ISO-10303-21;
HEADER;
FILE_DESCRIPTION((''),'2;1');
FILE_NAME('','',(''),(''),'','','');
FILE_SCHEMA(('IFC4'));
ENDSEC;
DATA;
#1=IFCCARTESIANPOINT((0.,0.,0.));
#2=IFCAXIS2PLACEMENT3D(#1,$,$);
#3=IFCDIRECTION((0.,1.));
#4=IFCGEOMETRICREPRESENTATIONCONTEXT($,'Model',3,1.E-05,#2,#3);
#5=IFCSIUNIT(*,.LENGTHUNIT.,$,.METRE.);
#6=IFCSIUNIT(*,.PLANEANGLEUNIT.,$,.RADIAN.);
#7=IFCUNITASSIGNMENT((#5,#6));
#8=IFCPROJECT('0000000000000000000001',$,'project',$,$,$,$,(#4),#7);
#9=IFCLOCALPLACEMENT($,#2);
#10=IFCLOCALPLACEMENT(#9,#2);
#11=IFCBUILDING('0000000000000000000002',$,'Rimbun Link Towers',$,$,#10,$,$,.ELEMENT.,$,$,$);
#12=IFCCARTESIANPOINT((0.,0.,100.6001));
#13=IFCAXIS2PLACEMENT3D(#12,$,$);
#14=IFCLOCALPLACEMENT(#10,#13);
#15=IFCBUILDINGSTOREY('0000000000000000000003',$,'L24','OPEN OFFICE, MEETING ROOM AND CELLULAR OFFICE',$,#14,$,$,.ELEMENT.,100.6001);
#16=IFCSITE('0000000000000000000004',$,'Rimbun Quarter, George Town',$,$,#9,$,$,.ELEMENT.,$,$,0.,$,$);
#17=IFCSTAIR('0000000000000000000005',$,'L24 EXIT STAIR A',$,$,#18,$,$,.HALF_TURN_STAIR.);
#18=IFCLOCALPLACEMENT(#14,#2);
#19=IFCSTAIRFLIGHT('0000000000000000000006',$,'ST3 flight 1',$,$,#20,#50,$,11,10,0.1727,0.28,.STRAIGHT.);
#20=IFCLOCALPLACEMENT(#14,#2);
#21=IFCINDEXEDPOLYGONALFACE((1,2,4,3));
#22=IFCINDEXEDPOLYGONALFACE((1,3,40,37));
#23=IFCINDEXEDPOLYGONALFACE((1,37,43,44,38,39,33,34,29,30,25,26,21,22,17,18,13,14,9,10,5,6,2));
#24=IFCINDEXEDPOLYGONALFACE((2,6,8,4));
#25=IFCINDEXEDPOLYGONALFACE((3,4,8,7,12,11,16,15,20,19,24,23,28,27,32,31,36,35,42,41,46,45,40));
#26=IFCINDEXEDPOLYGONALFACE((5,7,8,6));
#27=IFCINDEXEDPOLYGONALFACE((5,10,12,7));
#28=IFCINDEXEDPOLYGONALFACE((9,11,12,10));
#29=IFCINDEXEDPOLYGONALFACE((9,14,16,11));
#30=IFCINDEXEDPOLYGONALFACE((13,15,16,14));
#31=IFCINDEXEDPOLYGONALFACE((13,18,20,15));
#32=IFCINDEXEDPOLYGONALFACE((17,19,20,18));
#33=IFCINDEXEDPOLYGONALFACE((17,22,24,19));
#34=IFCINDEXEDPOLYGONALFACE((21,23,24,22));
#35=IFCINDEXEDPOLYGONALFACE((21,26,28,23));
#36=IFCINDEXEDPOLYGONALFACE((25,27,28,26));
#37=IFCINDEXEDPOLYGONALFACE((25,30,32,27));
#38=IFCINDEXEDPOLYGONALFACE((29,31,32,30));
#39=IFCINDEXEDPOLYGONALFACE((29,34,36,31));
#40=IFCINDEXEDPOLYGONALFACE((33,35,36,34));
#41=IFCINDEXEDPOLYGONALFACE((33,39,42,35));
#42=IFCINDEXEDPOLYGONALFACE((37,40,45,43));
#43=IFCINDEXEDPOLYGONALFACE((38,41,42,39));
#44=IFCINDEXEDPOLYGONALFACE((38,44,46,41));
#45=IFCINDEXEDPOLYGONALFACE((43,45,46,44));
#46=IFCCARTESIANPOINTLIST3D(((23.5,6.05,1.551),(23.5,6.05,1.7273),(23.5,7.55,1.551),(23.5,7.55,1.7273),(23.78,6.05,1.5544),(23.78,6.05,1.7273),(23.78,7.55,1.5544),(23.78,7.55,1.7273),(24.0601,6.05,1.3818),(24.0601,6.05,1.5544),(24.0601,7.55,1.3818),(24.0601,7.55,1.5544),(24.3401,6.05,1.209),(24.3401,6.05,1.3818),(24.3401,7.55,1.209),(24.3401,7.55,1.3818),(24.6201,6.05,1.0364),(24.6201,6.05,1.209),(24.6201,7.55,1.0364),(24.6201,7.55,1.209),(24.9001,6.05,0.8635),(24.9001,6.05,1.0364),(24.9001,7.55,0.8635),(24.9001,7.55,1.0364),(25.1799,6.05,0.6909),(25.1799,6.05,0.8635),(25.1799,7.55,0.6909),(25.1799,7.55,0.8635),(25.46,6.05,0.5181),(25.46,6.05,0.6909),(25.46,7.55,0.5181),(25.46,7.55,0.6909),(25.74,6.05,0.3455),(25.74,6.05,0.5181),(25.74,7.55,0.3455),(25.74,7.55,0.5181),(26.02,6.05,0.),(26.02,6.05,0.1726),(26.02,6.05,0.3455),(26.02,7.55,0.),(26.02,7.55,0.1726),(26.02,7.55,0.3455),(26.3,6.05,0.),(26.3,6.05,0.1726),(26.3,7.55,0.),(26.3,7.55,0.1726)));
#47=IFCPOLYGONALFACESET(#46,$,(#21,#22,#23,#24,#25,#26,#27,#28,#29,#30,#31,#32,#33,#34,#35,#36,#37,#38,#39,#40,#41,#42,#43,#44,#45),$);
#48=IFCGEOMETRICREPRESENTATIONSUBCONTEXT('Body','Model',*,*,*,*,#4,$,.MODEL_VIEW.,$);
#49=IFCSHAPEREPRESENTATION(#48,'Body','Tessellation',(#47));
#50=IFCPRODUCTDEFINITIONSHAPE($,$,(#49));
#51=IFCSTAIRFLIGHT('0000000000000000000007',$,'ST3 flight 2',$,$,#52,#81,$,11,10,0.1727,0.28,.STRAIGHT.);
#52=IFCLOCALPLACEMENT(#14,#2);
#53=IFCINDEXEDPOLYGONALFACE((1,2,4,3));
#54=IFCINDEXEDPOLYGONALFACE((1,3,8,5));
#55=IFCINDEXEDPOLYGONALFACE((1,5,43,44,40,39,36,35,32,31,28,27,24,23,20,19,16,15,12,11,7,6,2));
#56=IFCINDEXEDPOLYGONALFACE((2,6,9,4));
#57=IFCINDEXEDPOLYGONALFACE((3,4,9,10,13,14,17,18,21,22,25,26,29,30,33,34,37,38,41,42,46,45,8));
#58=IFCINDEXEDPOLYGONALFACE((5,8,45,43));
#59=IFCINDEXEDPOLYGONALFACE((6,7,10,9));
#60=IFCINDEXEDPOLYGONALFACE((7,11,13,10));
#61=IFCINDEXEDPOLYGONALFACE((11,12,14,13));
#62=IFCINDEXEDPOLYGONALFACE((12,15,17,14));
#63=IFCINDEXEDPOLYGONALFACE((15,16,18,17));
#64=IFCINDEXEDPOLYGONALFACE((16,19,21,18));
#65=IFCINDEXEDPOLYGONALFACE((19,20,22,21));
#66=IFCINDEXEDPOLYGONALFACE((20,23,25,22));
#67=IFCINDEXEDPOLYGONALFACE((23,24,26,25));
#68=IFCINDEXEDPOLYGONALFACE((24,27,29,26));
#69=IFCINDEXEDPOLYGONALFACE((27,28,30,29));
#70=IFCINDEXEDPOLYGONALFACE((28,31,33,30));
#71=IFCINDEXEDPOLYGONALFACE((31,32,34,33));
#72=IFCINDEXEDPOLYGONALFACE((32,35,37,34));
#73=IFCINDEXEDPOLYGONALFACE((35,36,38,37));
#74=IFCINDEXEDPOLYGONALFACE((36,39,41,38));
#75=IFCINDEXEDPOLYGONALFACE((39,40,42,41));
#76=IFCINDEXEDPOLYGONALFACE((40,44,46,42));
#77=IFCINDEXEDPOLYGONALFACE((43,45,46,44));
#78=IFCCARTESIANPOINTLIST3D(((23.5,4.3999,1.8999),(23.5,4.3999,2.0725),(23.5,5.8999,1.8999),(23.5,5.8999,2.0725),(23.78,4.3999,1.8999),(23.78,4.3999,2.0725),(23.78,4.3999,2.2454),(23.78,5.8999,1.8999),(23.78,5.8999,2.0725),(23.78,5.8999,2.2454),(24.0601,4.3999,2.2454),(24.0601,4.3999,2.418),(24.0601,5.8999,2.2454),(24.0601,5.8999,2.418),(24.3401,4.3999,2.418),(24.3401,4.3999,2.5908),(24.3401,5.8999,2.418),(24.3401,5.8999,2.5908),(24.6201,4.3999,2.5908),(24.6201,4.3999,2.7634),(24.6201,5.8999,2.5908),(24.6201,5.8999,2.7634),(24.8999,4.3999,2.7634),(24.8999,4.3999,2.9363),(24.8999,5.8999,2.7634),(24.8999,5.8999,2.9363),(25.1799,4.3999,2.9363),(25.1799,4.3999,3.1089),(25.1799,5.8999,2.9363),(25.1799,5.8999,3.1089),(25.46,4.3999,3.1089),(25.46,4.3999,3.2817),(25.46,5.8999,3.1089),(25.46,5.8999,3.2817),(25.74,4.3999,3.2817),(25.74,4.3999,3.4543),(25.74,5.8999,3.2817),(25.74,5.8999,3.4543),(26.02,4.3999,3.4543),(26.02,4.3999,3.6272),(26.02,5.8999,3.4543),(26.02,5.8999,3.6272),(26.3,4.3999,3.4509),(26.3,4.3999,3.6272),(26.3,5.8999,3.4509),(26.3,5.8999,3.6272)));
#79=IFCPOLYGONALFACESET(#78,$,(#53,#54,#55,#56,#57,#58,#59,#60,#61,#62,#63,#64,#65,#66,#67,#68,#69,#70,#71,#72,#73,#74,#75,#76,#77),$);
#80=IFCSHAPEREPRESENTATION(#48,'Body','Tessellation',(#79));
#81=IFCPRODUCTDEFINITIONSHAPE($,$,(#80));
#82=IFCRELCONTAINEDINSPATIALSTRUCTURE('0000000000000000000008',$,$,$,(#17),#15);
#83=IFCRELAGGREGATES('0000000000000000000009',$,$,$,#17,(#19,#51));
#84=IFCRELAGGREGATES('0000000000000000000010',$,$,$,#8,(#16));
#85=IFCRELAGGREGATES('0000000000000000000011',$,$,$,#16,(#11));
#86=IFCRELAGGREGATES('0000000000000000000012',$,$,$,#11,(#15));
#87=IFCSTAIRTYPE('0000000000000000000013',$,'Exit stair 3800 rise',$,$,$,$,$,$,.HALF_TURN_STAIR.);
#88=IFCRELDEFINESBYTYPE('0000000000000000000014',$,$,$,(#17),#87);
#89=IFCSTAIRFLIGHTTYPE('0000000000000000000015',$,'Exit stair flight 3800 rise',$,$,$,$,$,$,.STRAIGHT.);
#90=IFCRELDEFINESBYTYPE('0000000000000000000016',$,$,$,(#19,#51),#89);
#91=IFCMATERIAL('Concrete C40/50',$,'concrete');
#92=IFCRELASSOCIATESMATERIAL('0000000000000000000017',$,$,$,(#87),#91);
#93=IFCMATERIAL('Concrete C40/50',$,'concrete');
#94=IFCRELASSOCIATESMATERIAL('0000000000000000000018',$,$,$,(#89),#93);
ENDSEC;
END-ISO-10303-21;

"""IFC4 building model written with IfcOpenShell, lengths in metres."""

from ifc_helpers import new_model, si_unit, direction, frame, origin, place, context, subcontext, project, spatial, polyline, outline, extrude, material, type_object, element, aggregate, save


model = new_model("IFC4")

# Units and contexts
model_context = context("Model", 3, precision=1e-05, world=origin(), true_north=direction((0.0, 1.0)))
body_context = subcontext(model_context, "Body", "Model", "MODEL_VIEW")
ifc_project = project(units=[si_unit("LENGTHUNIT", "METRE"), si_unit("PLANEANGLEUNIT", "RADIAN")], contexts=[model_context])

# Site, building, storey
site_placement = place(None, origin())
site = spatial("IfcSite", under=ifc_project, at=site_placement, Name="Rimbun Quarter, George Town", CompositionType="ELEMENT", RefElevation=0.0)
building_placement = place(site_placement, origin())
building = spatial("IfcBuilding", under=site, at=building_placement, Name="Rimbun Link Towers", CompositionType="ELEMENT")
storey_placement = place(building_placement, frame((0.0, 0.0, 100.6001)))
storey = spatial("IfcBuildingStorey", under=building, at=storey_placement, Name="L24", Description="OPEN OFFICE, MEETING ROOM AND CELLULAR OFFICE", CompositionType="ELEMENT", Elevation=100.6001)

# Stair, stair flights
ifc_material_1 = material(Name="Concrete C40/50", Category="concrete")
stair_type = type_object("IfcStairType", Name="Exit stair 3800 rise", PredefinedType="HALF_TURN_STAIR", material=ifc_material_1)
stair_placement = place(storey_placement, origin())
stair = element("IfcStair", 1, at=stair_placement, inside=storey, type_object=stair_type, Name="L24 EXIT STAIR A", PredefinedType="HALF_TURN_STAIR")
ifc_material_2 = material(Name="Concrete C40/50", Category="concrete")
stair_flight_type = type_object("IfcStairFlightType", Name="Exit stair flight 3800 rise", PredefinedType="STRAIGHT", material=ifc_material_2)
stair_flight_1_placement = place(storey_placement, frame((26.3, 6.8, 0.0), z_axis=(0.0, 0.0, 1.0), x_axis=(-1.0, 0.0, 0.0)))
stair_flight_1 = element("IfcStairFlight", 2, at=stair_flight_1_placement, type_object=stair_flight_type, Name="ST3 flight 1", NumberOfRisers=11, NumberOfTreads=10, PredefinedType="STRAIGHT", RiserHeight=0.1727, TreadLength=0.28, context=body_context, shape_type="SweptSolid", body=[
    extrude(outline(polyline([(0.0, 0.0), (0.0, 0.1726), (0.28, 0.1726), (0.28, 0.3455), (0.5601, 0.3455), (0.5601, 0.5181), (0.8401, 0.5181), (0.8401, 0.6909), (1.1201, 0.6909), (1.1201, 0.8635), (1.3999, 0.8635), (1.3999, 1.0364), (1.6799, 1.0364), (1.6799, 1.209), (1.96, 1.209), (1.96, 1.3818), (2.24, 1.3818), (2.24, 1.5544), (2.52, 1.5544), (2.52, 1.7273), (2.8, 1.7273), (2.8, 1.8999), (2.8, 1.551), (0.28, 0.0), (0.0, 0.0)])), frame((0.0, 0.75, 0.0), z_axis=(0.0, -1.0, 0.0), x_axis=(1.0, 0.0, 0.0)), (0.0, 0.0, 1.0), 1.5),
])
stair_flight_2_placement = place(storey_placement, frame((23.5, 5.1499, 1.8999), z_axis=(0.0, 0.0, 1.0), x_axis=(1.0, 0.0, 0.0)))
stair_flight_2 = element("IfcStairFlight", 3, at=stair_flight_2_placement, type_object=stair_flight_type, Name="ST3 flight 2", NumberOfRisers=11, NumberOfTreads=10, PredefinedType="STRAIGHT", RiserHeight=0.1727, TreadLength=0.28, context=body_context, shape_type="SweptSolid", body=[
    extrude(outline(polyline([(0.0, 0.0), (0.0, 0.1726), (0.28, 0.1726), (0.28, 0.3455), (0.5601, 0.3455), (0.5601, 0.5181), (0.8401, 0.5181), (0.8401, 0.6909), (1.1201, 0.6909), (1.1201, 0.8635), (1.3999, 0.8635), (1.3999, 1.0364), (1.6799, 1.0364), (1.6799, 1.209), (1.96, 1.209), (1.96, 1.3818), (2.24, 1.3818), (2.24, 1.5544), (2.52, 1.5544), (2.52, 1.7273), (2.8, 1.7273), (2.8, 1.8999), (2.8, 1.551), (0.28, 0.0), (0.0, 0.0)])), frame((0.0, 0.75, 0.0), z_axis=(0.0, -1.0, 0.0), x_axis=(1.0, 0.0, 0.0)), (0.0, 0.0, 1.0), 1.5),
])
aggregate(stair, [stair_flight_1, stair_flight_2])

save(model, "model.ifc")
